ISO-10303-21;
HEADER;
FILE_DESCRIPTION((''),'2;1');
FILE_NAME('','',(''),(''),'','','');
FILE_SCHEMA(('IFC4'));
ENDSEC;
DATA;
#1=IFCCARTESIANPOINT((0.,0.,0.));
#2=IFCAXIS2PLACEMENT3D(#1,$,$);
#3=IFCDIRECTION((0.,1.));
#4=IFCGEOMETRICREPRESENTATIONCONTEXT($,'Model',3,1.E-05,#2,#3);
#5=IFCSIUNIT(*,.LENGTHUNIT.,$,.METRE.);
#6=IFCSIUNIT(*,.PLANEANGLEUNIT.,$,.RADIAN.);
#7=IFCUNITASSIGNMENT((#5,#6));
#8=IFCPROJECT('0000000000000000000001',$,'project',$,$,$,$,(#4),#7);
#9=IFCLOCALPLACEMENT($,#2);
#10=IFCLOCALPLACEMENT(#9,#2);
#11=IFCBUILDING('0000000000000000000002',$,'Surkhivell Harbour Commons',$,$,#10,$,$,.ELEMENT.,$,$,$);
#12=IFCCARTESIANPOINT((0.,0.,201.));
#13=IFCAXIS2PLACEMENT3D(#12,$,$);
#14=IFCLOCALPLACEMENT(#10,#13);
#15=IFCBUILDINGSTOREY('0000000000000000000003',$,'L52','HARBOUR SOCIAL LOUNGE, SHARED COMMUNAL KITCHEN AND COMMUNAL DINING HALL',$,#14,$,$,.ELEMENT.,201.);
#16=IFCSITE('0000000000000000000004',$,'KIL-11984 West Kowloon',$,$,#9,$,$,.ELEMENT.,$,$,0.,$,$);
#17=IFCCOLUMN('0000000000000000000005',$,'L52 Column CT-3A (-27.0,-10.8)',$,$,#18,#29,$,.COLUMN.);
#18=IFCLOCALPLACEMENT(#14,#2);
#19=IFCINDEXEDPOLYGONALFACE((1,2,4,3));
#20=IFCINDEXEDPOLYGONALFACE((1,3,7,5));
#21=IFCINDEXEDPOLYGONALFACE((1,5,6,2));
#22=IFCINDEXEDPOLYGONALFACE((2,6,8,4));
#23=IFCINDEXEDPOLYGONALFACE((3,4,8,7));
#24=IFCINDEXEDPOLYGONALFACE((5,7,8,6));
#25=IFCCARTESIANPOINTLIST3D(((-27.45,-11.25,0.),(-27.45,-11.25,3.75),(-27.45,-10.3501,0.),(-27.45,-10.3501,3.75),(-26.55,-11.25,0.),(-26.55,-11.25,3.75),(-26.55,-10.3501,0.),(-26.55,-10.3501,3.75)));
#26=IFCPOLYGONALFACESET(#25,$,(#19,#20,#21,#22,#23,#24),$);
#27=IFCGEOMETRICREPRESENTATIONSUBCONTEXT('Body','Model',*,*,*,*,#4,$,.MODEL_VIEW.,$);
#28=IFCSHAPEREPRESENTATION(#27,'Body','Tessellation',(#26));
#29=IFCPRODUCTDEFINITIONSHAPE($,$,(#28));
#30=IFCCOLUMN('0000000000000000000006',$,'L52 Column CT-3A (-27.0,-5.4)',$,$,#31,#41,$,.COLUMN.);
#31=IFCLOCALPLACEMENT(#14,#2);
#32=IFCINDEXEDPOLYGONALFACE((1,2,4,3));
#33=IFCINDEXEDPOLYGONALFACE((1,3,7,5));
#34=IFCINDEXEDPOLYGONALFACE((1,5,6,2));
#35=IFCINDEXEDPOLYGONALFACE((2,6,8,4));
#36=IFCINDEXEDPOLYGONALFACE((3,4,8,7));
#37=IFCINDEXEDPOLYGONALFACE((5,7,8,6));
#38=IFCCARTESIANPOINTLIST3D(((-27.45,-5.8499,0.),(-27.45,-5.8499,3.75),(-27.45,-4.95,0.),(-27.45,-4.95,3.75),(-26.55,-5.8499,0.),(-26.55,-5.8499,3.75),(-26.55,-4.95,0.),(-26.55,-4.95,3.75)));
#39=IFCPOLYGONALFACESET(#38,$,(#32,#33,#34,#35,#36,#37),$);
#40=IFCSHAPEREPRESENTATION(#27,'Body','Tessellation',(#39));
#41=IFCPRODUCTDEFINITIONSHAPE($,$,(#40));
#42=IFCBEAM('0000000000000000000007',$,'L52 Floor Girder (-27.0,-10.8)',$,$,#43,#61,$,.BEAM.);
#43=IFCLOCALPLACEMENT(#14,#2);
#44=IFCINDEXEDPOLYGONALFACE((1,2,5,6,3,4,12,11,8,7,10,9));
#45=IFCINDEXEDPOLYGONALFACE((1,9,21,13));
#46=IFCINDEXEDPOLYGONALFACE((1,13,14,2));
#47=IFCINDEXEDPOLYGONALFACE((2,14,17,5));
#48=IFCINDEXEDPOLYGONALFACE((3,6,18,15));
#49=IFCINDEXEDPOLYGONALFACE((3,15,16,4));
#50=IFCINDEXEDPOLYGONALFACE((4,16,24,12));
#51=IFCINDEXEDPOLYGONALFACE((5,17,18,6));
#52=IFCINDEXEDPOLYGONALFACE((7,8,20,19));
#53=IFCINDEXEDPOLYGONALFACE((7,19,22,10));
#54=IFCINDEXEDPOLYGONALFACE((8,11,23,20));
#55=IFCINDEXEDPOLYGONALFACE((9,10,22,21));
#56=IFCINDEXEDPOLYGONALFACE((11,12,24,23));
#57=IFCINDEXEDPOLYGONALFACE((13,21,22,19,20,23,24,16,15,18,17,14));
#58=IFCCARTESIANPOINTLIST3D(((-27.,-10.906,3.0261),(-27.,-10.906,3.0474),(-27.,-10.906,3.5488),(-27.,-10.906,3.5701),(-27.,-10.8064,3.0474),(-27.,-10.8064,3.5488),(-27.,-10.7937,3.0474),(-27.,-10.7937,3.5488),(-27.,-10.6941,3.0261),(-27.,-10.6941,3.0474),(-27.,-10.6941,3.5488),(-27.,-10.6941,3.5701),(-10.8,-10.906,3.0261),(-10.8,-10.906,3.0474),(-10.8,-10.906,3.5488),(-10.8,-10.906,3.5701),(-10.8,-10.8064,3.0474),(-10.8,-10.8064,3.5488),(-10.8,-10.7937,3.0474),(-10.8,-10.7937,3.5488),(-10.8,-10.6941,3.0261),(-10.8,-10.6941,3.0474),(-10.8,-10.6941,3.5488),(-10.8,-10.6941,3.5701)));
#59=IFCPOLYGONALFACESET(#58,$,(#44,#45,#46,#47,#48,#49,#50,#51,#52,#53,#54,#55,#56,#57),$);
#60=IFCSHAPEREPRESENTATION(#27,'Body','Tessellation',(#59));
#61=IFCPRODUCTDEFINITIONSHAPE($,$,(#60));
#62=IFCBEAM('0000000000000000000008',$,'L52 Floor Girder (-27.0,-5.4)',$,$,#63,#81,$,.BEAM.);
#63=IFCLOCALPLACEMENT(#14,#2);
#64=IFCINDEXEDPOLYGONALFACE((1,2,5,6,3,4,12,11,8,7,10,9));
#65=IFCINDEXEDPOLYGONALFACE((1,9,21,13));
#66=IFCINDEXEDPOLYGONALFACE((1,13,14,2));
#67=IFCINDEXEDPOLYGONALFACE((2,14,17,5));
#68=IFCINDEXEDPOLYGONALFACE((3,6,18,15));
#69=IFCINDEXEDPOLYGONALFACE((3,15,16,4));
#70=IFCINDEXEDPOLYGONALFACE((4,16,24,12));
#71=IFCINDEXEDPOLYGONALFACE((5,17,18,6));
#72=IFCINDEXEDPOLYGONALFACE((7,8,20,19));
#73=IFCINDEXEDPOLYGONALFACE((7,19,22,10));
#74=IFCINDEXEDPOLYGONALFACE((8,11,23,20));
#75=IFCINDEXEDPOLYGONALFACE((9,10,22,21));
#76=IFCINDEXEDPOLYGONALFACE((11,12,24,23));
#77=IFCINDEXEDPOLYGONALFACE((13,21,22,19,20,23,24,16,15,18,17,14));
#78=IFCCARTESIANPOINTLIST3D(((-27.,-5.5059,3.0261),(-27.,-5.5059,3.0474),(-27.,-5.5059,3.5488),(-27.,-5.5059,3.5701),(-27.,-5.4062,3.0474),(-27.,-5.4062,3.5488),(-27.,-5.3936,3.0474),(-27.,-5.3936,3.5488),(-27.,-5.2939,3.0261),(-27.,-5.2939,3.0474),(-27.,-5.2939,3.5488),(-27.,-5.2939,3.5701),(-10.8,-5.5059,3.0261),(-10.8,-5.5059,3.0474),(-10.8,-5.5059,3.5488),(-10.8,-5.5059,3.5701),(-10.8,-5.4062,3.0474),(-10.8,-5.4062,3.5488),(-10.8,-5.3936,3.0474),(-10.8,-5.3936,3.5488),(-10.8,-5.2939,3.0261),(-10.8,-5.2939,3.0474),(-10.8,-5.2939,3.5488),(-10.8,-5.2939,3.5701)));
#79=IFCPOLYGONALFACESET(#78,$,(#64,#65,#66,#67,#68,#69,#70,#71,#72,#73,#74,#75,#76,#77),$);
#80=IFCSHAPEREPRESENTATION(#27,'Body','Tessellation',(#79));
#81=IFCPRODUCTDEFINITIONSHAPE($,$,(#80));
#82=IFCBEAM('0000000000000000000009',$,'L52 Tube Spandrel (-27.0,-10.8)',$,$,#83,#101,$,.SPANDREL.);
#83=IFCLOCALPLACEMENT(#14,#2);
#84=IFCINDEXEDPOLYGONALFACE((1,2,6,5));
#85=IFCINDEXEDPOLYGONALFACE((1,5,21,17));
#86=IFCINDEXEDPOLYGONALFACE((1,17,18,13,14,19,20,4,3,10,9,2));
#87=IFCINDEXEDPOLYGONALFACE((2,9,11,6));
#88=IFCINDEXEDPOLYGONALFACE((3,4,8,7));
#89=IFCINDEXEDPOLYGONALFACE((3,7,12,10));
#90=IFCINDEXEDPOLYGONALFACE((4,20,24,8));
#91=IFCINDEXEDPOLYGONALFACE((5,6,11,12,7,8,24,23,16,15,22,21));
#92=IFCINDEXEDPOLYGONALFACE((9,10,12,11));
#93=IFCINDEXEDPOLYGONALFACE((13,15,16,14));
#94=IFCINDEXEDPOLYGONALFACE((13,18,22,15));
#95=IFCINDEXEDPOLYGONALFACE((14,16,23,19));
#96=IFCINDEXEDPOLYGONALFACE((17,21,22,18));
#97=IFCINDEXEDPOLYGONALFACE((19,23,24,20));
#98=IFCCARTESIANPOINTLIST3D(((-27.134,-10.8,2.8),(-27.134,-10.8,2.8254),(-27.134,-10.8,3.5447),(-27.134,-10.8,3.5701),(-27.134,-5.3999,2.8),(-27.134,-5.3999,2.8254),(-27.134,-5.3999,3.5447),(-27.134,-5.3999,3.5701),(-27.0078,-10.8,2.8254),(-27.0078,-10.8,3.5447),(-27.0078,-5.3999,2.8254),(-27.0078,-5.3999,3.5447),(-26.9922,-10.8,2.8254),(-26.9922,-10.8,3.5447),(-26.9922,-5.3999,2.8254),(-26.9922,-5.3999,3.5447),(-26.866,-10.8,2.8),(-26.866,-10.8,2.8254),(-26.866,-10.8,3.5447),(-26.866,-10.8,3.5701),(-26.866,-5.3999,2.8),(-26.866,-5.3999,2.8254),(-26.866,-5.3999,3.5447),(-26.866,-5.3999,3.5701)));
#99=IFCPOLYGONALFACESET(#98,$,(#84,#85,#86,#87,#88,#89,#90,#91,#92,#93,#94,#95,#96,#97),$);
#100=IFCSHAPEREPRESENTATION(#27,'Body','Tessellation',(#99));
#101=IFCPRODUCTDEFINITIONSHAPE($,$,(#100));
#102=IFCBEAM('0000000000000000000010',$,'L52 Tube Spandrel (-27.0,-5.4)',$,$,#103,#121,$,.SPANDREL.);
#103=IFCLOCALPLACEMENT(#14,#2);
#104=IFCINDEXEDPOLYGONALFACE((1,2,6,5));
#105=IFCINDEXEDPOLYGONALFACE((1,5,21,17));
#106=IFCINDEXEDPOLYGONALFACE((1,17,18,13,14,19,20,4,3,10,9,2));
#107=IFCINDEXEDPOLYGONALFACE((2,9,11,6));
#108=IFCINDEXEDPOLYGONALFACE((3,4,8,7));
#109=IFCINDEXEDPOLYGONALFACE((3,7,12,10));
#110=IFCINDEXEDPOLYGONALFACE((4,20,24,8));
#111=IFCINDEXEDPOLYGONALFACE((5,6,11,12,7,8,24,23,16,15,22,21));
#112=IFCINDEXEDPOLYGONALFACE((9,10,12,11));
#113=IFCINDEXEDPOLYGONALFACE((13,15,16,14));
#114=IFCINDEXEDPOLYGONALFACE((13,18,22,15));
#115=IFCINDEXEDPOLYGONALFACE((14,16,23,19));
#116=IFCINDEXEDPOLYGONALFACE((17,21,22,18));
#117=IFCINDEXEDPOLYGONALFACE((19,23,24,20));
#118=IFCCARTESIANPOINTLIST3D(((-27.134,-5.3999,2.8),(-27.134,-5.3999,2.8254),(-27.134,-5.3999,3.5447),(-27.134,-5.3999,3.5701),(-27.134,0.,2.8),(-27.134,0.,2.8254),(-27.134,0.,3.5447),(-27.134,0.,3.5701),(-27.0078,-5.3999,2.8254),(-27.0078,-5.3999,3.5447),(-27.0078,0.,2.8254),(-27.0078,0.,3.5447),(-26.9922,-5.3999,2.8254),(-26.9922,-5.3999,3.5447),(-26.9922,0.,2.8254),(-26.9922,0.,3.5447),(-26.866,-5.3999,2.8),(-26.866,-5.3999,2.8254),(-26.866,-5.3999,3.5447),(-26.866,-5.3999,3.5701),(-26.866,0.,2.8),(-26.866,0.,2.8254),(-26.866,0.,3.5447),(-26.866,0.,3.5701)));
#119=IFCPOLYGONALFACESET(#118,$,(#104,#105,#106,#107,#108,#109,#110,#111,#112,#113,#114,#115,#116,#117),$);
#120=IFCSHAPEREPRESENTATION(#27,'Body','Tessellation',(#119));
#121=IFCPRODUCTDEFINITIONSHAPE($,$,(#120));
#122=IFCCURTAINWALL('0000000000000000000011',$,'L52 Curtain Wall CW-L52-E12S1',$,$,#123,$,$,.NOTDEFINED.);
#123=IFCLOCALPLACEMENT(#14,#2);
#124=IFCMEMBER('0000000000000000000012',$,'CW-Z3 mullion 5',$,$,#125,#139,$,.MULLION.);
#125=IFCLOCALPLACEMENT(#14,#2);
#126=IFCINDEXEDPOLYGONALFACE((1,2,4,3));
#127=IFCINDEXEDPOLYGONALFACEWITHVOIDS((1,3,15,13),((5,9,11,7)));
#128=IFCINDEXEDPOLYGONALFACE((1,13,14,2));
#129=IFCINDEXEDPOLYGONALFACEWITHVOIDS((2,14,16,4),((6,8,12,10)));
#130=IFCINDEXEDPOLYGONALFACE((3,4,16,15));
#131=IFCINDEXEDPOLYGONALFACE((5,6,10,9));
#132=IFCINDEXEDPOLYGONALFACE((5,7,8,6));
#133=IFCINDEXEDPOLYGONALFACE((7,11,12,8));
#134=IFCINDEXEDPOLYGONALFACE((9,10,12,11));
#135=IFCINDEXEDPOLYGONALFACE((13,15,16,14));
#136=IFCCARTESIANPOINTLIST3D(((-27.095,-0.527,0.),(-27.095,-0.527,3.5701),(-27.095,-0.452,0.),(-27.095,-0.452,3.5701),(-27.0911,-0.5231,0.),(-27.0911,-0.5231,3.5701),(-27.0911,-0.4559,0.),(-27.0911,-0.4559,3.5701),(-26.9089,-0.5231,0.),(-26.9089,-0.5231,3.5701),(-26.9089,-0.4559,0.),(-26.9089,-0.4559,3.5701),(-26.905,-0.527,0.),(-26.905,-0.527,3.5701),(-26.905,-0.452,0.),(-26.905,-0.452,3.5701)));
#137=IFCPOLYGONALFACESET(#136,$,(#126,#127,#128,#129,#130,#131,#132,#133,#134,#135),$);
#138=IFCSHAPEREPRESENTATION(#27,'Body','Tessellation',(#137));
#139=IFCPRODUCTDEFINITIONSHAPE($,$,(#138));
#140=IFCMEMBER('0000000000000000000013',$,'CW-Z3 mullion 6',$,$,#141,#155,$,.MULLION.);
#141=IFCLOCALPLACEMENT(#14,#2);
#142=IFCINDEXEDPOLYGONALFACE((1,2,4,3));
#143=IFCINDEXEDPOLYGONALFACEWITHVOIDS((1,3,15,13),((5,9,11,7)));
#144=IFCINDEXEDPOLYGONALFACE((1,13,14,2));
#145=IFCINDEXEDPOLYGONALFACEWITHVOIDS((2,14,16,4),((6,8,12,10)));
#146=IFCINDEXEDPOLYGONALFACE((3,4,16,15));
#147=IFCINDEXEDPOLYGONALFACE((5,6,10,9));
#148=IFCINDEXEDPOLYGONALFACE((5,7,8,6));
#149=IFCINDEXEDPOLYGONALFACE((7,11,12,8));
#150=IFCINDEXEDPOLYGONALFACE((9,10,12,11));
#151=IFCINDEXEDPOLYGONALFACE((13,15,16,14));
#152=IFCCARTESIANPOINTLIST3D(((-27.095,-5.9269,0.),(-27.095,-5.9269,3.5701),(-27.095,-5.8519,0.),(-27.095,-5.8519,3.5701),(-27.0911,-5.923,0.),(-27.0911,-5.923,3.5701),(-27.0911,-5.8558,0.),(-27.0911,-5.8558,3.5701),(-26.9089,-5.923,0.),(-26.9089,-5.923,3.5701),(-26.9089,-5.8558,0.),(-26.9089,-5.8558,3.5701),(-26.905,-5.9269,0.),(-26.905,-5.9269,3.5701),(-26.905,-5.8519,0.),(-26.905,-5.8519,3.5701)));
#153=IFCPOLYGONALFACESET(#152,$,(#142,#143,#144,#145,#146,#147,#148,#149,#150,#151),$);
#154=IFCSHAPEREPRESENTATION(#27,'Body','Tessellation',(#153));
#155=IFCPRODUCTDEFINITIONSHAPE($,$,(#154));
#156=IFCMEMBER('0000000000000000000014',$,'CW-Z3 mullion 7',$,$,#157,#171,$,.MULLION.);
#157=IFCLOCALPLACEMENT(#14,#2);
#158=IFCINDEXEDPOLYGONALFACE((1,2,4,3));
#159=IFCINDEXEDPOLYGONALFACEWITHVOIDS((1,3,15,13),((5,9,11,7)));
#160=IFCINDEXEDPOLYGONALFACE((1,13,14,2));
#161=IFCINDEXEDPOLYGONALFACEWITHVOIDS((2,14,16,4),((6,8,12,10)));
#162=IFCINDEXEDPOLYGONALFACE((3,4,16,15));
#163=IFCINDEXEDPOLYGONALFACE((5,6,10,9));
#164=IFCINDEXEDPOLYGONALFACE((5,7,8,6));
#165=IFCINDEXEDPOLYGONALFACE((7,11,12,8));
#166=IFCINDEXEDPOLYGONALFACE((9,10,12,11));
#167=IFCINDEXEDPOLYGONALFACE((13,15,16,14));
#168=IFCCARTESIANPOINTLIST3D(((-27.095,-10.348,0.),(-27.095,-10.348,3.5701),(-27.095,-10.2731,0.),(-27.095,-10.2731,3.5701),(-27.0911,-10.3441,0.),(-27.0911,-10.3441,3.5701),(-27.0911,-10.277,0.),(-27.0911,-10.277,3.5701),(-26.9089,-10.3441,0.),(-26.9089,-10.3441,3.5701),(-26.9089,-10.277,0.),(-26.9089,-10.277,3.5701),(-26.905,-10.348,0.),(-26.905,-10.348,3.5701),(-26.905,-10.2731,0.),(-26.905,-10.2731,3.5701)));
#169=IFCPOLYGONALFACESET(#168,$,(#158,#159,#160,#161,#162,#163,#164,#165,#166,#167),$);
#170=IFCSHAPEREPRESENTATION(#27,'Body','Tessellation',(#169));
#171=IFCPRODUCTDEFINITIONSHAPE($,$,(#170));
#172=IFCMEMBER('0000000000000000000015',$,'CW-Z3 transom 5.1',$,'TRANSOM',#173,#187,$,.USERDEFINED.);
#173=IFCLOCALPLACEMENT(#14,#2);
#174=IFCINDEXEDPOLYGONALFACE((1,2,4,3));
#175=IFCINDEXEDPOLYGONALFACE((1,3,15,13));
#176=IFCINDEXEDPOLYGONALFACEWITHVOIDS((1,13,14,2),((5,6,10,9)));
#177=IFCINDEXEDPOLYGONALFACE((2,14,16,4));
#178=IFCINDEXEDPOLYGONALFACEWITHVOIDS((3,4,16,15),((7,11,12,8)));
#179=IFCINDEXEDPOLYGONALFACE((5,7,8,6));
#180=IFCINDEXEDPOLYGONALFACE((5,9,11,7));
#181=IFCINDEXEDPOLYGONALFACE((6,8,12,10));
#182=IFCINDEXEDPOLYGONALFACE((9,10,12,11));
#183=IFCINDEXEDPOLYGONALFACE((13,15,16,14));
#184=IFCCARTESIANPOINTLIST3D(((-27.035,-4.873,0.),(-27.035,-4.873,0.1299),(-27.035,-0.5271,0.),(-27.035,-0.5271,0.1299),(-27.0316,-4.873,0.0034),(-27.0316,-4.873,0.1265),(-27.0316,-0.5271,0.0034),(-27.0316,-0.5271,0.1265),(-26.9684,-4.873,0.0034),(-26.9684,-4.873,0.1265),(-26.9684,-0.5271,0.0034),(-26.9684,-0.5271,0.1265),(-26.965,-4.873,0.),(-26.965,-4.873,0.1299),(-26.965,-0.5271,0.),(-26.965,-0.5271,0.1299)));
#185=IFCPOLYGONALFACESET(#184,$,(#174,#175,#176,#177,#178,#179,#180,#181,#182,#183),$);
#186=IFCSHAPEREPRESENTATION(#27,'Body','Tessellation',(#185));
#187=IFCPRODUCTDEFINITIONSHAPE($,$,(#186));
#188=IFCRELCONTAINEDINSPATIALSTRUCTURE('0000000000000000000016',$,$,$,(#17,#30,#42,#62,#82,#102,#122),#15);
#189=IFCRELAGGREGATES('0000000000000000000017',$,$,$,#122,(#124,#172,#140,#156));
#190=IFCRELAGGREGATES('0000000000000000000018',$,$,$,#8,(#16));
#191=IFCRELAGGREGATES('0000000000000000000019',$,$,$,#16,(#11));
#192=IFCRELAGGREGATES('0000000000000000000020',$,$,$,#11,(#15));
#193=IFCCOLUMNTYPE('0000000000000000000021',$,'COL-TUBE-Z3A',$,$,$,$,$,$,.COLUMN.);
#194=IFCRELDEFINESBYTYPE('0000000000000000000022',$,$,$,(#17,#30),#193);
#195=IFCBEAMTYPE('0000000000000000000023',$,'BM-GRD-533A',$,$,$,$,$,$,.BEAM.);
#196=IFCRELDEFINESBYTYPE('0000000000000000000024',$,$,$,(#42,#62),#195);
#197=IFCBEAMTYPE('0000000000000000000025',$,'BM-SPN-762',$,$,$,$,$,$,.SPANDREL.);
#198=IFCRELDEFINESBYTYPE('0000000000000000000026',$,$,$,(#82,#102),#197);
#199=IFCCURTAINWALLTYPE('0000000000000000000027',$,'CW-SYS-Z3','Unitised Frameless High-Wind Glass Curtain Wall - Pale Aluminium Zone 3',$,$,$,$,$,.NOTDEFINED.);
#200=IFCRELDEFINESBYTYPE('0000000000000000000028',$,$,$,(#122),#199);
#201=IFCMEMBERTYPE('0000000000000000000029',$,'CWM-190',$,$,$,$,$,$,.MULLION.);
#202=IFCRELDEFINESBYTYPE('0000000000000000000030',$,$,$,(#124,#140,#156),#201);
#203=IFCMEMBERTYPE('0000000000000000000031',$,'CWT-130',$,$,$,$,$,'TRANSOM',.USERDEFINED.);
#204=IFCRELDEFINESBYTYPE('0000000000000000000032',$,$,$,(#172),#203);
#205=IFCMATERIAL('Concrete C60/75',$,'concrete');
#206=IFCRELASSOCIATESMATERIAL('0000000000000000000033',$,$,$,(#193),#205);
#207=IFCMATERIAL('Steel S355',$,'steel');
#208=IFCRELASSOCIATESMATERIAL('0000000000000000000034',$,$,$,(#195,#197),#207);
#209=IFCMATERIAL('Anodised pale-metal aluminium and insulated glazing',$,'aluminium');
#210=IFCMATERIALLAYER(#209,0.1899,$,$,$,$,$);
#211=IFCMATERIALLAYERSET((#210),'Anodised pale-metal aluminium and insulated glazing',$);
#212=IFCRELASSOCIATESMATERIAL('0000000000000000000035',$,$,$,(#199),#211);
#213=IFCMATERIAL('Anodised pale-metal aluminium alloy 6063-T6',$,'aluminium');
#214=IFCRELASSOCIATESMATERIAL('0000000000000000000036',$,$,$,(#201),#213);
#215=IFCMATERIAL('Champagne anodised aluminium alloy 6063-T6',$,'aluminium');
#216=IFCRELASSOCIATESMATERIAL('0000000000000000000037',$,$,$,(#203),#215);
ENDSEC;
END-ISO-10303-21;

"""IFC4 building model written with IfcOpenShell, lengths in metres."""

from ifc_helpers import new_model, si_unit, direction, frame, origin, origin_2d, place, context, subcontext, project, spatial, rectangle, hollow_rectangle, i_section, extrude, material, layer, layer_set, material_profile, profile_set, type_object, element, aggregate, save


model = new_model("IFC4")

# Units and contexts
model_context = context("Model", 3, precision=1e-05, world=origin(), true_north=direction((0.0, 1.0)))
body_context = subcontext(model_context, "Body", "Model", "MODEL_VIEW")
ifc_project = project(units=[si_unit("LENGTHUNIT", "METRE"), si_unit("PLANEANGLEUNIT", "RADIAN")], contexts=[model_context])

# Site, building, storey
site_placement = place(None, origin())
site = spatial("IfcSite", under=ifc_project, at=site_placement, Name="KIL-11984 West Kowloon", CompositionType="ELEMENT", RefElevation=0.0)
building_placement = place(site_placement, origin())
building = spatial("IfcBuilding", under=site, at=building_placement, Name="Surkhivell Harbour Commons", CompositionType="ELEMENT")
storey_placement = place(building_placement, frame((0.0, 0.0, 201.0)))
storey = spatial("IfcBuildingStorey", under=building, at=storey_placement, Name="L52", Description="HARBOUR SOCIAL LOUNGE, SHARED COMMUNAL KITCHEN AND COMMUNAL DINING HALL", CompositionType="ELEMENT", Elevation=201.0)

# Columns
ifc_material_1 = material(Name="Concrete C60/75", Category="concrete")
ifc_material_profile_1 = material_profile(ifc_material_1, rectangle(XDim=0.8999, YDim=0.8999, at=origin_2d()), Name="RC-COL-900x900")
ifc_profile_set_1 = profile_set([ifc_material_profile_1], Name="Concrete C60/75")
column_type = type_object("IfcColumnType", Name="COL-TUBE-Z3A", PredefinedType="COLUMN", material=ifc_profile_set_1)
for number, where, z_axis, x_axis, name in (
    (1, (-27.0, -10.8, 0.0), (0.0, 0.0, 1.0), (1.0, 0.0, 0.0), "L52 Column CT-3A (-27.0,-10.8)"),
    (2, (-27.0, -5.3999, 0.0), (0.0, 0.0, 1.0), (1.0, 0.0, 0.0), "L52 Column CT-3A (-27.0,-5.4)"),
):
    element("IfcColumn", number, at=place(storey_placement, frame(where, z_axis=z_axis, x_axis=x_axis)), inside=storey, type_object=column_type, Name=name, PredefinedType="COLUMN", context=body_context, shape_type="SweptSolid", body=[
        extrude(rectangle(XDim=0.8999, YDim=0.8999, at=origin_2d()), origin(), (0.0, 0.0, 1.0), 3.75),
    ])

# Beams
ifc_material_2 = material(Name="Steel S355", Category="steel")
ifc_material_profile_2 = material_profile(ifc_material_2, i_section(OverallWidth=0.2119, OverallDepth=0.5439, WebThickness=0.0127, FlangeThickness=0.0212, at=origin_2d()), Name="UB533x210x122")
ifc_profile_set_2 = profile_set([ifc_material_profile_2], Name="Steel S355")
beam_type_1 = type_object("IfcBeamType", Name="BM-GRD-533A", PredefinedType="BEAM", material=ifc_profile_set_2)
for number, where, z_axis, x_axis, name in (
    (3, (-27.0, -10.8, 3.2981), (1.0, 0.0, 0.0), (0.0, 1.0, 0.0), "L52 Floor Girder (-27.0,-10.8)"),
    (4, (-27.0, -5.3999, 3.2981), (1.0, 0.0, 0.0), (0.0, 1.0, 0.0), "L52 Floor Girder (-27.0,-5.4)"),
):
    element("IfcBeam", number, at=place(storey_placement, frame(where, z_axis=z_axis, x_axis=x_axis)), inside=storey, type_object=beam_type_1, Name=name, PredefinedType="BEAM", context=body_context, shape_type="SweptSolid", body=[
        extrude(i_section(OverallWidth=0.2119, OverallDepth=0.5439, WebThickness=0.0127, FlangeThickness=0.0212, at=origin_2d()), origin(), (0.0, 0.0, 1.0), 16.2),
    ])
ifc_material_profile_3 = material_profile(ifc_material_2, i_section(OverallWidth=0.2681, OverallDepth=0.77, WebThickness=0.0156, FlangeThickness=0.0254, at=origin_2d()), Name="UB762x267x197")
ifc_profile_set_3 = profile_set([ifc_material_profile_3], Name="Steel S355")
beam_type_2 = type_object("IfcBeamType", Name="BM-SPN-762", PredefinedType="SPANDREL", material=ifc_profile_set_3)
beam_1_placement = place(storey_placement, frame((-27.0, -10.8, 3.1851), z_axis=(0.0, 1.0, 0.0), x_axis=(-1.0, 0.0, 0.0)))
element("IfcBeam", 5, at=beam_1_placement, inside=storey, type_object=beam_type_2, Name="L52 Tube Spandrel (-27.0,-10.8)", PredefinedType="SPANDREL", context=body_context, shape_type="SweptSolid", body=[
    extrude(i_section(OverallWidth=0.2681, OverallDepth=0.77, WebThickness=0.0156, FlangeThickness=0.0254, at=origin_2d()), origin(), (0.0, 0.0, 1.0), 5.4001),
])
beam_2_placement = place(storey_placement, frame((-27.0, -5.3999, 3.1851), z_axis=(0.0, 1.0, 0.0), x_axis=(-1.0, 0.0, 0.0)))
element("IfcBeam", 6, at=beam_2_placement, inside=storey, type_object=beam_type_2, Name="L52 Tube Spandrel (-27.0,-5.4)", PredefinedType="SPANDREL", context=body_context, shape_type="SweptSolid", body=[
    extrude(i_section(OverallWidth=0.2681, OverallDepth=0.77, WebThickness=0.0156, FlangeThickness=0.0254, at=origin_2d()), origin(), (0.0, 0.0, 1.0), 5.3999),
])

# Curtain wall, members
ifc_material_3 = material(Name="Anodised pale-metal aluminium and insulated glazing", Category="aluminium")
ifc_layer_1 = layer(ifc_material_3, 0.1899)
ifc_layer_set_1 = layer_set([ifc_layer_1], Name="Anodised pale-metal aluminium and insulated glazing")
curtain_wall_type = type_object("IfcCurtainWallType", Name="CW-SYS-Z3", Description="Unitised Frameless High-Wind Glass Curtain Wall - Pale Aluminium Zone 3", PredefinedType="NOTDEFINED", material=ifc_layer_set_1)
curtain_wall_placement = place(storey_placement, origin())
curtain_wall = element("IfcCurtainWall", 7, at=curtain_wall_placement, inside=storey, type_object=curtain_wall_type, Name="L52 Curtain Wall CW-L52-E12S1", PredefinedType="NOTDEFINED")
ifc_material_4 = material(Name="Anodised pale-metal aluminium alloy 6063-T6", Category="aluminium")
ifc_material_profile_4 = material_profile(ifc_material_4, hollow_rectangle(XDim=0.075, YDim=0.1899, WallThickness=0.0039, at=origin_2d()), Name="ALU-MULL-75x190")
ifc_profile_set_4 = profile_set([ifc_material_profile_4], Name="Anodised pale-metal aluminium alloy 6063-T6")
member_type_1 = type_object("IfcMemberType", Name="CWM-190", PredefinedType="MULLION", material=ifc_profile_set_4)
member_1_placement = place(storey_placement, frame((-27.0, -0.4895, 0.0), z_axis=(0.0, 0.0, 1.0), x_axis=(0.0, -1.0, 0.0)))
member_1 = element("IfcMember", 8, at=member_1_placement, type_object=member_type_1, Name="CW-Z3 mullion 5", PredefinedType="MULLION", context=body_context, shape_type="SweptSolid", body=[
    extrude(hollow_rectangle(XDim=0.075, YDim=0.1899, WallThickness=0.0039, at=origin_2d()), origin(), (0.0, 0.0, 1.0), 3.5701),
])
member_2_placement = place(storey_placement, frame((-27.0, -5.8894, 0.0), z_axis=(0.0, 0.0, 1.0), x_axis=(0.0, -1.0, 0.0)))
member_2 = element("IfcMember", 9, at=member_2_placement, type_object=member_type_1, Name="CW-Z3 mullion 6", PredefinedType="MULLION", context=body_context, shape_type="SweptSolid", body=[
    extrude(hollow_rectangle(XDim=0.075, YDim=0.1899, WallThickness=0.0039, at=origin_2d()), origin(), (0.0, 0.0, 1.0), 3.5701),
])
member_3_placement = place(storey_placement, frame((-27.0, -10.3105, 0.0), z_axis=(0.0, 0.0, 1.0), x_axis=(0.0, -1.0, 0.0)))
member_3 = element("IfcMember", 10, at=member_3_placement, type_object=member_type_1, Name="CW-Z3 mullion 7", PredefinedType="MULLION", context=body_context, shape_type="SweptSolid", body=[
    extrude(hollow_rectangle(XDim=0.075, YDim=0.1899, WallThickness=0.0039, at=origin_2d()), origin(), (0.0, 0.0, 1.0), 3.5701),
])
ifc_material_5 = material(Name="Champagne anodised aluminium alloy 6063-T6", Category="aluminium")
ifc_material_profile_5 = material_profile(ifc_material_5, hollow_rectangle(XDim=0.0701, YDim=0.1299, WallThickness=0.0034, at=origin_2d()), Name="ALU-TRAN-70x130")
ifc_profile_set_5 = profile_set([ifc_material_profile_5], Name="Champagne anodised aluminium alloy 6063-T6")
member_type_2 = type_object("IfcMemberType", Name="CWT-130", ElementType="TRANSOM", PredefinedType="USERDEFINED", material=ifc_profile_set_5)
member_4_placement = place(storey_placement, frame((-27.0, -0.5271, 0.0649), z_axis=(0.0, -1.0, 0.0), x_axis=(1.0, 0.0, 0.0)))
member_4 = element("IfcMember", 11, at=member_4_placement, type_object=member_type_2, Name="CW-Z3 transom 5.1", ObjectType="TRANSOM", PredefinedType="USERDEFINED", context=body_context, shape_type="SweptSolid", body=[
    extrude(hollow_rectangle(XDim=0.0701, YDim=0.1299, WallThickness=0.0034, at=origin_2d()), origin(), (0.0, 0.0, 1.0), 4.3459),
])

aggregate(curtain_wall, [member_1, member_4, member_2, member_3])

save(model, "model.ifc")
